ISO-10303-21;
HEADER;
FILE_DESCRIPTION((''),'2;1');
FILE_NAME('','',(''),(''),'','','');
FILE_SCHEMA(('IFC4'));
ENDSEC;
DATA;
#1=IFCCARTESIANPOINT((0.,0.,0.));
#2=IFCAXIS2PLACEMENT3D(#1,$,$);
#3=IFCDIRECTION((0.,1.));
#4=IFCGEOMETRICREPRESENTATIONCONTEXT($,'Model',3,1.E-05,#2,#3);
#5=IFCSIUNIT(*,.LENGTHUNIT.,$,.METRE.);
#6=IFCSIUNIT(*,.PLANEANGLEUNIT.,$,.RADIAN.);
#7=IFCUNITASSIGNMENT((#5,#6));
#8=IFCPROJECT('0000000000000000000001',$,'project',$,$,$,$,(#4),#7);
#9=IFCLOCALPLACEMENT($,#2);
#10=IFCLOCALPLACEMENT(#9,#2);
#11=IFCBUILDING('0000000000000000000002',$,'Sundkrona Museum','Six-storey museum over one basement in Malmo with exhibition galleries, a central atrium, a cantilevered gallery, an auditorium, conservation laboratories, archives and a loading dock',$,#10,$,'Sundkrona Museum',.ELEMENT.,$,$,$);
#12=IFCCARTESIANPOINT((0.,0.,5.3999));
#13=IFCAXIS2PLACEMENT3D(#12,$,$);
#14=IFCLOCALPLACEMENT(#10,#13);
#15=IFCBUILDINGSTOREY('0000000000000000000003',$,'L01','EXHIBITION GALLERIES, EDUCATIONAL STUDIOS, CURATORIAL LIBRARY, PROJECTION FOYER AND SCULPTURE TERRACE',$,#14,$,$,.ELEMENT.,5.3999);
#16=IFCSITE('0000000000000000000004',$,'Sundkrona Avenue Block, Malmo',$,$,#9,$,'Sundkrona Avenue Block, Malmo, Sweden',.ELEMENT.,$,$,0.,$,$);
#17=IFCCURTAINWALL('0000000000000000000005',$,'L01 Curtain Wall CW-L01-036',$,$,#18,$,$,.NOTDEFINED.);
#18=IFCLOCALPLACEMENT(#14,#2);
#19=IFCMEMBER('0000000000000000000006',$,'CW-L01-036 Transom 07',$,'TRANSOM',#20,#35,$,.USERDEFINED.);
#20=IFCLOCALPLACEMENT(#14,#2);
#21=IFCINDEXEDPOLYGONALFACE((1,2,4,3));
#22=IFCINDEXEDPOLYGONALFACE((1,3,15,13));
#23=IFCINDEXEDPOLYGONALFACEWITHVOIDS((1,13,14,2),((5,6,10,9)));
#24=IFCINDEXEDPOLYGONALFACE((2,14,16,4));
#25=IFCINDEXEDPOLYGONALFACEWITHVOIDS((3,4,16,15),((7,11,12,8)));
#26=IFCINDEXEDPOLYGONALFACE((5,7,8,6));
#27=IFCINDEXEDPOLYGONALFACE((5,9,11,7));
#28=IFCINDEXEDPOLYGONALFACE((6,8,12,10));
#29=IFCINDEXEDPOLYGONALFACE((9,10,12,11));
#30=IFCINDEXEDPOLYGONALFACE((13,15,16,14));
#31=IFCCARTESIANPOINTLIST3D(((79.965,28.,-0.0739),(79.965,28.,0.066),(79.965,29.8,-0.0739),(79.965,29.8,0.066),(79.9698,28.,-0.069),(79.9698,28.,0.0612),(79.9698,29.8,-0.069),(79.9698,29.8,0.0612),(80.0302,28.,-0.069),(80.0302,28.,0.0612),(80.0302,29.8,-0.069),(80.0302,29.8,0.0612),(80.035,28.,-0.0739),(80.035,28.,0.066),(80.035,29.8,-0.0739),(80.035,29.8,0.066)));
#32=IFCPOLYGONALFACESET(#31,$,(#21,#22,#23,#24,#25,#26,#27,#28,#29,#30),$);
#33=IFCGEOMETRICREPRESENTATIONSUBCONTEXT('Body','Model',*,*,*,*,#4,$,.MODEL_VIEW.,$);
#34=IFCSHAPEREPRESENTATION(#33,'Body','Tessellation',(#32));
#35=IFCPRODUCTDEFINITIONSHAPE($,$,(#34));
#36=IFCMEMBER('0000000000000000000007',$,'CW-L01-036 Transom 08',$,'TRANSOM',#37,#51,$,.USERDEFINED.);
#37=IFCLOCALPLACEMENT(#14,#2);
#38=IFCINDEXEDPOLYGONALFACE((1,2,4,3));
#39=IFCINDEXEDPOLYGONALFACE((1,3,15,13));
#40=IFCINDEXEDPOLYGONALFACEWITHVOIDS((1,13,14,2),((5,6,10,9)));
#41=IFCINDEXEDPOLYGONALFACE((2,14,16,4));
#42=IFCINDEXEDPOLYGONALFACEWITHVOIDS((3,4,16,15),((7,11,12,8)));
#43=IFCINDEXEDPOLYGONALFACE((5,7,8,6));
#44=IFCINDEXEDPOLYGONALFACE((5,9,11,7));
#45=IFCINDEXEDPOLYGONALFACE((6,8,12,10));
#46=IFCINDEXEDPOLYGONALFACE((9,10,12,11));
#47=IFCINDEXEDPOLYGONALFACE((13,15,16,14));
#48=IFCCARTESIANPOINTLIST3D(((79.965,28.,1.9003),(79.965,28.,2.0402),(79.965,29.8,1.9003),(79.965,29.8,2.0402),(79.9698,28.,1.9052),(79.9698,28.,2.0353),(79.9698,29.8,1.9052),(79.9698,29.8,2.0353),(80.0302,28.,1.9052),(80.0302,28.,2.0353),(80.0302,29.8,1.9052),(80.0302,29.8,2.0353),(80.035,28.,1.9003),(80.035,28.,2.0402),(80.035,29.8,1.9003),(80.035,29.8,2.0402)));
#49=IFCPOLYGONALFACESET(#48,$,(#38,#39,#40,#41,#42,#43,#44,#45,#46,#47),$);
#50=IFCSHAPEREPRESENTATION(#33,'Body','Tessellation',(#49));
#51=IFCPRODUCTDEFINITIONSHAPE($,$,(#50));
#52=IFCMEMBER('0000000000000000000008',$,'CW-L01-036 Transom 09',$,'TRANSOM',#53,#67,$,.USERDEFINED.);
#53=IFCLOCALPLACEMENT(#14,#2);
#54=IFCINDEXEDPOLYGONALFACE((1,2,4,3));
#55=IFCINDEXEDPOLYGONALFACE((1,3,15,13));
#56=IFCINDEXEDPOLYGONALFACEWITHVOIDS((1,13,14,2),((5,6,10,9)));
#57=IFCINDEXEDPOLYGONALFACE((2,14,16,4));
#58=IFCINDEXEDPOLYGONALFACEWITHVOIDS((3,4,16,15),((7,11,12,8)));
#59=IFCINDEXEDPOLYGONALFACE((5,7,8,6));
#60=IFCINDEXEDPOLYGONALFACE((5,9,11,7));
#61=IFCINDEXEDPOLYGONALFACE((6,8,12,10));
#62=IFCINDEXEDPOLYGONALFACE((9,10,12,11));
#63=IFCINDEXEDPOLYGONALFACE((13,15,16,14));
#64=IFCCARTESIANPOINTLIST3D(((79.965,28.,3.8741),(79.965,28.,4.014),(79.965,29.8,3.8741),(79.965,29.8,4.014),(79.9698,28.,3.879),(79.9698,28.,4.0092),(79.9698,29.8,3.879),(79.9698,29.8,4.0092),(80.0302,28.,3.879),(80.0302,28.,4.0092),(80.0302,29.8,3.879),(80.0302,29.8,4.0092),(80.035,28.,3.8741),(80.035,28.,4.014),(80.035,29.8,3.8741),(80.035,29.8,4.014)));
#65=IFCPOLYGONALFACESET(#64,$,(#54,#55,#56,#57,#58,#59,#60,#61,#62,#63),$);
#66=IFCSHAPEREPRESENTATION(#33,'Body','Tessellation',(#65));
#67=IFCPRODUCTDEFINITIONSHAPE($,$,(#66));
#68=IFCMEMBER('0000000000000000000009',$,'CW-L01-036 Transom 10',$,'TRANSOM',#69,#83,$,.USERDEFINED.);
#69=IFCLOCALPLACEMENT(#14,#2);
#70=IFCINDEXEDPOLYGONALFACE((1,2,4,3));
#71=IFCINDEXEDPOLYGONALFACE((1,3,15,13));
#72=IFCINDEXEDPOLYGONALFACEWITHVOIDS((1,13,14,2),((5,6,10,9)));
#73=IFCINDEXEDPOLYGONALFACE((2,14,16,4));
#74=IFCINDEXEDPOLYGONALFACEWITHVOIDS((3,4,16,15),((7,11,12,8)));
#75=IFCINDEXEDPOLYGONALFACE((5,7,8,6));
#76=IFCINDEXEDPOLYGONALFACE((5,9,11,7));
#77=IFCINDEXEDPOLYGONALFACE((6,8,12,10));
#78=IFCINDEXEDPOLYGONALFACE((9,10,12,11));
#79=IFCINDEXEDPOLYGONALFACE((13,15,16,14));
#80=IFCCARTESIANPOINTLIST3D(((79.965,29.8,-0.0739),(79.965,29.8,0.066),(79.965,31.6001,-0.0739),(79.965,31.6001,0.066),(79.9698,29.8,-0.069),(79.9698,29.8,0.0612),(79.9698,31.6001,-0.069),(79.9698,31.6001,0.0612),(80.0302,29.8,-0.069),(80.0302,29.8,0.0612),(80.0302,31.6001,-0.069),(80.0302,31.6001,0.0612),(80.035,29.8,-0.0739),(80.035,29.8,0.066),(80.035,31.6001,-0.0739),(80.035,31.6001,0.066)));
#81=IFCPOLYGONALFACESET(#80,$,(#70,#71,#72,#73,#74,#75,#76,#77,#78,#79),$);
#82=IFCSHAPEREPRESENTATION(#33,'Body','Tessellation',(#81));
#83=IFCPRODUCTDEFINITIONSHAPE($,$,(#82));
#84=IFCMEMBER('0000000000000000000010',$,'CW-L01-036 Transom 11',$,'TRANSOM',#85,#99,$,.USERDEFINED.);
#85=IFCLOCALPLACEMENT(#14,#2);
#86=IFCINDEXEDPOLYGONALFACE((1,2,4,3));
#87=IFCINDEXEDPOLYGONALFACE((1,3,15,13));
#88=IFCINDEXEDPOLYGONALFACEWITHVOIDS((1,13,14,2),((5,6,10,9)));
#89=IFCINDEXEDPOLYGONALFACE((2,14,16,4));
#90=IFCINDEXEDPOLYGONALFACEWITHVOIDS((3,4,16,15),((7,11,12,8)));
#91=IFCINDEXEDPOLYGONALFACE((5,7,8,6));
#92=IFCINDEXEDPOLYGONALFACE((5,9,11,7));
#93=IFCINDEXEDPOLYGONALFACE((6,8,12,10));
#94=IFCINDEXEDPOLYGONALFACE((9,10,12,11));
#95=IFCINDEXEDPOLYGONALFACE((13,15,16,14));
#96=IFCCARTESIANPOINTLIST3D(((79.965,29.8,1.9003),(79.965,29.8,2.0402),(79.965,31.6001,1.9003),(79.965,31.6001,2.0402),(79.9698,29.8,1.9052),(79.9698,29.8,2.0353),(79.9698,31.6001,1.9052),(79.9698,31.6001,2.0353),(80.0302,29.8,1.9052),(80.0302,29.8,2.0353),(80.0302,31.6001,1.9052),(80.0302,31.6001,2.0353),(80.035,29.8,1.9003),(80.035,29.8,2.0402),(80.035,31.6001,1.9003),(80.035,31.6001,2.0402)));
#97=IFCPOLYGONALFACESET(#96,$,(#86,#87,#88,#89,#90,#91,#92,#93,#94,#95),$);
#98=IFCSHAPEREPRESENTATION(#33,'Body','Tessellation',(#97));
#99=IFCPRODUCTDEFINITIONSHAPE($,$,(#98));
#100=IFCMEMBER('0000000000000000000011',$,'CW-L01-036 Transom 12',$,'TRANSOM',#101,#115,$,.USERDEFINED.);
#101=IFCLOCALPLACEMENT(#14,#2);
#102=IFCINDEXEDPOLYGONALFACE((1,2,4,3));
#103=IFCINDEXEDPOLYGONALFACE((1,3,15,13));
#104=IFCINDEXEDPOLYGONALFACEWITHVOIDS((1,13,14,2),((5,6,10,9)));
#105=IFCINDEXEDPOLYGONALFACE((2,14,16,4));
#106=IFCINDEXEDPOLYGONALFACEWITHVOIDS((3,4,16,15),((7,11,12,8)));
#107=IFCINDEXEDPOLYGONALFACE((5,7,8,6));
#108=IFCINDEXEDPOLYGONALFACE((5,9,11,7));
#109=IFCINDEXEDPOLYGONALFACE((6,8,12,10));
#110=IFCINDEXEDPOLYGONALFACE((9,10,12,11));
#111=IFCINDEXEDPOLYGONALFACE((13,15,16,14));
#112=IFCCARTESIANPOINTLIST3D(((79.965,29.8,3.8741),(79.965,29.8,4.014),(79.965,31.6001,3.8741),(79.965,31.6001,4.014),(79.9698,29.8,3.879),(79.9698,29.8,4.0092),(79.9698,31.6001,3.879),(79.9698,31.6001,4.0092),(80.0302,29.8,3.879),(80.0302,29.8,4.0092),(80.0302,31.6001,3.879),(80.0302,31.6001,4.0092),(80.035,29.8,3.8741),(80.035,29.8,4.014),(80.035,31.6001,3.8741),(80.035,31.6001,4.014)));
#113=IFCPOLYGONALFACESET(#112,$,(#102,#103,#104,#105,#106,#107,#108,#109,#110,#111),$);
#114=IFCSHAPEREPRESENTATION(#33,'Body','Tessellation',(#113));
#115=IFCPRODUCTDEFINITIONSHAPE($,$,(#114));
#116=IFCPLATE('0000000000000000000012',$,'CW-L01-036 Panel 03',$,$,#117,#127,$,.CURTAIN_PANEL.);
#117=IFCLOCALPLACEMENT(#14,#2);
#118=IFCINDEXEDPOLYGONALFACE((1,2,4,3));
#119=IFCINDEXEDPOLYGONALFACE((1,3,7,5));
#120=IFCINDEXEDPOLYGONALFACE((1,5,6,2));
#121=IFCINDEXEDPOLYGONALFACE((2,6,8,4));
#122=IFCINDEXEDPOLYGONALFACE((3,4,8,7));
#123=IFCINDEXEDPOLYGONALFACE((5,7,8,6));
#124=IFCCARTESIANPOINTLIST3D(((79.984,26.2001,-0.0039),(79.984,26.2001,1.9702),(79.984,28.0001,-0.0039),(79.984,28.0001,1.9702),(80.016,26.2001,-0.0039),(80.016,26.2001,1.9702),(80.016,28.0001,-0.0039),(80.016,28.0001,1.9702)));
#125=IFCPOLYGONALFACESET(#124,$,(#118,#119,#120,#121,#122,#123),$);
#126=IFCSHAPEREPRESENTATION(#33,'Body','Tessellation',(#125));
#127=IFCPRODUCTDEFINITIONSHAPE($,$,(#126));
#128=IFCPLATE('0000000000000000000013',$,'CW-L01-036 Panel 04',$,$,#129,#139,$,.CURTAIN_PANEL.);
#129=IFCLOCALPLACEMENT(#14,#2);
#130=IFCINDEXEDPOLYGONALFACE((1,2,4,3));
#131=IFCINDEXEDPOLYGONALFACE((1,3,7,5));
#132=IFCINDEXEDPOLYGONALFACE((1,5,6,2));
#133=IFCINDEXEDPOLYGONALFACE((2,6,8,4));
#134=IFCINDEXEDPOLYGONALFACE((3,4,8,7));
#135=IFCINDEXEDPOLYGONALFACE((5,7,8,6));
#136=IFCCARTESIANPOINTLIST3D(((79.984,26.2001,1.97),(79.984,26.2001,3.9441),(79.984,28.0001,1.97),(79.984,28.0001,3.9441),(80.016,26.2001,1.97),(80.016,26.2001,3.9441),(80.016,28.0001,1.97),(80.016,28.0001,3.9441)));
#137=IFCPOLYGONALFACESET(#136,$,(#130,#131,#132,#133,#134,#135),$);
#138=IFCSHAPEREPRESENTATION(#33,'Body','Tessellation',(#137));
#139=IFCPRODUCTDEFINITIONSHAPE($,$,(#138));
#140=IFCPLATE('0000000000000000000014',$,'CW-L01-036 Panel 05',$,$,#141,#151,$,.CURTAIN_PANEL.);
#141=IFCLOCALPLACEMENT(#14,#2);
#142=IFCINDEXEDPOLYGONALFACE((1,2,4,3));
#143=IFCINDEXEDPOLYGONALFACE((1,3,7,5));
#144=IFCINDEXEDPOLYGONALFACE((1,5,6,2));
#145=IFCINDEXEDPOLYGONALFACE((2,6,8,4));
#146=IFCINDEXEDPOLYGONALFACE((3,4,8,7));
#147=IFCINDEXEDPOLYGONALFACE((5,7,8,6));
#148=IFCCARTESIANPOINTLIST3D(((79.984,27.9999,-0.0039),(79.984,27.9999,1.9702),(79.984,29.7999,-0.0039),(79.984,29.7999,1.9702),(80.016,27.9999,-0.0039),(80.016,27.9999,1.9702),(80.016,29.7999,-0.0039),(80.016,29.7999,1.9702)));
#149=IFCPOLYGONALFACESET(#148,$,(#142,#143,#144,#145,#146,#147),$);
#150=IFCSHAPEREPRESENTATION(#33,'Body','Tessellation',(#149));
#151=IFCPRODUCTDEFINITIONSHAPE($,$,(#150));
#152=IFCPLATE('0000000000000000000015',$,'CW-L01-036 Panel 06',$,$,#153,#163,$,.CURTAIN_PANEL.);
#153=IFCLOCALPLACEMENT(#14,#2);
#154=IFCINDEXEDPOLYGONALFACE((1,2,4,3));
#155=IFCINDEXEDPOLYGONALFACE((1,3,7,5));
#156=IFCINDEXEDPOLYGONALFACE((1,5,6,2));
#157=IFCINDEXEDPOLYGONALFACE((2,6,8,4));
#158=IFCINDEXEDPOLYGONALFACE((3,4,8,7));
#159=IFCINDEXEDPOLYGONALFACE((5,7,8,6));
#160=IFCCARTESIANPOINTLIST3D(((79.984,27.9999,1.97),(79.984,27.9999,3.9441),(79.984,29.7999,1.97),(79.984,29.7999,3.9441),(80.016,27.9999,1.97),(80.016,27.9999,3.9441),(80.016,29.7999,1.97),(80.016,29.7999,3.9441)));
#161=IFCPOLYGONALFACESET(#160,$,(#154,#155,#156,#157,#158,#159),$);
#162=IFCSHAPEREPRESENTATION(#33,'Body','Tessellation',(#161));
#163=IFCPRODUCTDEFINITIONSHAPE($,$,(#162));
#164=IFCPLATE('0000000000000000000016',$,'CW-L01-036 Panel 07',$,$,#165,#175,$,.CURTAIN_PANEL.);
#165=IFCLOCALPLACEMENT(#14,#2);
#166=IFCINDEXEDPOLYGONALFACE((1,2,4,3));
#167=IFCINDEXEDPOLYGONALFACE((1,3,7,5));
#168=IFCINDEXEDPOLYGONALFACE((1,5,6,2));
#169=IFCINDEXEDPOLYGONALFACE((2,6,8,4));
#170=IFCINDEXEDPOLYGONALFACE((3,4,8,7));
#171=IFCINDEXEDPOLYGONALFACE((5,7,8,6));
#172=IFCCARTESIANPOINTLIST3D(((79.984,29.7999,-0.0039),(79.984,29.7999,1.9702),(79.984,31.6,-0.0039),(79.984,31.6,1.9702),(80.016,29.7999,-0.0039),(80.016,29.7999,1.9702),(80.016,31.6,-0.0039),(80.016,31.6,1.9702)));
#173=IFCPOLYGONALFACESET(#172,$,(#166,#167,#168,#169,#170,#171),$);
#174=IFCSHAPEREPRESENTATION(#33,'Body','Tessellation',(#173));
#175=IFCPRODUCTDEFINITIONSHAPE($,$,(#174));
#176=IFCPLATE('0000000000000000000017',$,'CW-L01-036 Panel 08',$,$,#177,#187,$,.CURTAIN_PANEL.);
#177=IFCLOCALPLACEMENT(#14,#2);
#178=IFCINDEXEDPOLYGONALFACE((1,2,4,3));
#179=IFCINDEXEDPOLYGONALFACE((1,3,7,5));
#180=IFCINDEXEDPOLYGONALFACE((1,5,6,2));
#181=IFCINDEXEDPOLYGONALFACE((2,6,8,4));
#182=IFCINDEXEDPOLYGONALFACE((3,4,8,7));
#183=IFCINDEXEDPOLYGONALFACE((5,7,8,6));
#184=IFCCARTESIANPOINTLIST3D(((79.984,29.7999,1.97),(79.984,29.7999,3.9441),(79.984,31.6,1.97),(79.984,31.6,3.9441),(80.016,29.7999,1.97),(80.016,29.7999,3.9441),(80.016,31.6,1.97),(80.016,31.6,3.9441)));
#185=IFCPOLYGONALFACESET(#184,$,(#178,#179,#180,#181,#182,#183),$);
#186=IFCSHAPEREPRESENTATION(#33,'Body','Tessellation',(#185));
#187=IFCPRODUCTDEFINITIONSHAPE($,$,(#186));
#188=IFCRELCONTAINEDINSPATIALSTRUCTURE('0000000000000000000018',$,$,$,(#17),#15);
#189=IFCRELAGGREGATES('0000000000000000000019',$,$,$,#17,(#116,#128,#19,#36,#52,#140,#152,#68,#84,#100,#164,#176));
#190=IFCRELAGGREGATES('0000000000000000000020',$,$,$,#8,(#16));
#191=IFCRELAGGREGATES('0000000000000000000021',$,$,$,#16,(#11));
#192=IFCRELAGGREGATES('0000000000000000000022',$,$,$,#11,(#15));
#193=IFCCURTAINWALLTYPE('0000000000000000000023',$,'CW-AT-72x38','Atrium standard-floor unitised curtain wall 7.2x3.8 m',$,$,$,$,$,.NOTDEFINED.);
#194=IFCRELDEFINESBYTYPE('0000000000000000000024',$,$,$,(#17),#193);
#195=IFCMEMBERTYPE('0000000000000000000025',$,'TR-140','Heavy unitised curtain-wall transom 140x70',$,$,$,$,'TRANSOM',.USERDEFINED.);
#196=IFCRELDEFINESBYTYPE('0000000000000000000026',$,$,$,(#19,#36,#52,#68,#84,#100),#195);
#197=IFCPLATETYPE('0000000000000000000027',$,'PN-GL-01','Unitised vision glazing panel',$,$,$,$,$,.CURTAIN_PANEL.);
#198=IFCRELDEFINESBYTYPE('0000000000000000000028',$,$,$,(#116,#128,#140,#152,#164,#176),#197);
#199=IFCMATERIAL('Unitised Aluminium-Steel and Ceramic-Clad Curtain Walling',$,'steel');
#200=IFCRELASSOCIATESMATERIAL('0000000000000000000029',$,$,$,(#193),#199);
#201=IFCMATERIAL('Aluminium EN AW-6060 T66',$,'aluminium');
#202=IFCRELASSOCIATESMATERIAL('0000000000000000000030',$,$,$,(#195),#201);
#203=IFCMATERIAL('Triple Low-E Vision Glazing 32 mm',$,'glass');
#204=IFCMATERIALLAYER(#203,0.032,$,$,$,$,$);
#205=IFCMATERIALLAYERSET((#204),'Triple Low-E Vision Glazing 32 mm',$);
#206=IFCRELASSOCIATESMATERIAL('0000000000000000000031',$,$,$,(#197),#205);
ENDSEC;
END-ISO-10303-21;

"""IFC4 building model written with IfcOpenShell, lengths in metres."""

from ifc_helpers import new_model, si_unit, direction, frame, origin, origin_2d, place, context, subcontext, project, spatial, rectangle, hollow_rectangle, extrude, material, layer, layer_set, material_profile, profile_set, type_object, element, aggregate, save


model = new_model("IFC4")

# Units and contexts
model_context = context("Model", 3, precision=1e-05, world=origin(), true_north=direction((0.0, 1.0)))
body_context = subcontext(model_context, "Body", "Model", "MODEL_VIEW")
ifc_project = project(units=[si_unit("LENGTHUNIT", "METRE"), si_unit("PLANEANGLEUNIT", "RADIAN")], contexts=[model_context])

# Site, building, storey
site_placement = place(None, origin())
site = spatial("IfcSite", under=ifc_project, at=site_placement, Name="Sundkrona Avenue Block, Malmo", LongName="Sundkrona Avenue Block, Malmo, Sweden", CompositionType="ELEMENT", RefElevation=0.0)
building_placement = place(site_placement, origin())
building = spatial("IfcBuilding", under=site, at=building_placement, Name="Sundkrona Museum", Description="Six-storey museum over one basement in Malmo with exhibition galleries, a central atrium, a cantilevered gallery, an auditorium, conservation laboratories, archives and a loading dock", LongName="Sundkrona Museum", CompositionType="ELEMENT")
storey_placement = place(building_placement, frame((0.0, 0.0, 5.3999)))
storey = spatial("IfcBuildingStorey", under=building, at=storey_placement, Name="L01", Description="EXHIBITION GALLERIES, EDUCATIONAL STUDIOS, CURATORIAL LIBRARY, PROJECTION FOYER AND SCULPTURE TERRACE", CompositionType="ELEMENT", Elevation=5.3999)

# Curtain wall, members, plates
ifc_material_1 = material(Name="Unitised Aluminium-Steel and Ceramic-Clad Curtain Walling", Category="steel")
curtain_wall_type = type_object("IfcCurtainWallType", Name="CW-AT-72x38", Description="Atrium standard-floor unitised curtain wall 7.2x3.8 m", PredefinedType="NOTDEFINED", material=ifc_material_1)
curtain_wall_placement = place(storey_placement, origin())
curtain_wall = element("IfcCurtainWall", 1, at=curtain_wall_placement, inside=storey, type_object=curtain_wall_type, Name="L01 Curtain Wall CW-L01-036", PredefinedType="NOTDEFINED")
ifc_material_2 = material(Name="Aluminium EN AW-6060 T66", Category="aluminium")
ifc_material_profile_1 = material_profile(ifc_material_2, hollow_rectangle(XDim=0.0701, YDim=0.1399, WallThickness=0.0049, at=origin_2d()), Name="RHS 140x70x5.0")
ifc_profile_set_1 = profile_set([ifc_material_profile_1], Name="Aluminium EN AW-6060 T66")
member_type_1 = type_object("IfcMemberType", Name="TR-140", Description="Heavy unitised curtain-wall transom 140x70", ElementType="TRANSOM", PredefinedType="USERDEFINED", material=ifc_profile_set_1)
member_1_placement = place(storey_placement, frame((80.0, 28.0, -0.0039), z_axis=(0.0, 1.0, 0.0), x_axis=(-1.0, 0.0, 0.0)))
member_1 = element("IfcMember", 2, at=member_1_placement, type_object=member_type_1, Name="CW-L01-036 Transom 07", ObjectType="TRANSOM", PredefinedType="USERDEFINED", context=body_context, shape_type="SweptSolid", body=[
    extrude(hollow_rectangle(XDim=0.0701, YDim=0.1399, WallThickness=0.0049, at=origin_2d()), origin(), (0.0, 0.0, 1.0), 1.8),
])
member_2_placement = place(storey_placement, frame((80.0, 28.0, 1.9702), z_axis=(0.0, 1.0, 0.0), x_axis=(-1.0, 0.0, 0.0)))
member_2 = element("IfcMember", 3, at=member_2_placement, type_object=member_type_1, Name="CW-L01-036 Transom 08", ObjectType="TRANSOM", PredefinedType="USERDEFINED", context=body_context, shape_type="SweptSolid", body=[
    extrude(hollow_rectangle(XDim=0.0701, YDim=0.1399, WallThickness=0.0049, at=origin_2d()), origin(), (0.0, 0.0, 1.0), 1.8),
])
member_3_placement = place(storey_placement, frame((80.0, 28.0, 3.9441), z_axis=(0.0, 1.0, 0.0), x_axis=(-1.0, 0.0, 0.0)))
member_3 = element("IfcMember", 4, at=member_3_placement, type_object=member_type_1, Name="CW-L01-036 Transom 09", ObjectType="TRANSOM", PredefinedType="USERDEFINED", context=body_context, shape_type="SweptSolid", body=[
    extrude(hollow_rectangle(XDim=0.0701, YDim=0.1399, WallThickness=0.0049, at=origin_2d()), origin(), (0.0, 0.0, 1.0), 1.8),
])
member_4_placement = place(storey_placement, frame((80.0, 29.8, -0.0039), z_axis=(0.0, 1.0, 0.0), x_axis=(-1.0, 0.0, 0.0)))
member_4 = element("IfcMember", 5, at=member_4_placement, type_object=member_type_1, Name="CW-L01-036 Transom 10", ObjectType="TRANSOM", PredefinedType="USERDEFINED", context=body_context, shape_type="SweptSolid", body=[
    extrude(hollow_rectangle(XDim=0.0701, YDim=0.1399, WallThickness=0.0049, at=origin_2d()), origin(), (0.0, 0.0, 1.0), 1.8),
])
member_5_placement = place(storey_placement, frame((80.0, 29.8, 1.9702), z_axis=(0.0, 1.0, 0.0), x_axis=(-1.0, 0.0, 0.0)))
member_5 = element("IfcMember", 6, at=member_5_placement, type_object=member_type_1, Name="CW-L01-036 Transom 11", ObjectType="TRANSOM", PredefinedType="USERDEFINED", context=body_context, shape_type="SweptSolid", body=[
    extrude(hollow_rectangle(XDim=0.0701, YDim=0.1399, WallThickness=0.0049, at=origin_2d()), origin(), (0.0, 0.0, 1.0), 1.8),
])
member_6_placement = place(storey_placement, frame((80.0, 29.8, 3.9441), z_axis=(0.0, 1.0, 0.0), x_axis=(-1.0, 0.0, 0.0)))
member_6 = element("IfcMember", 7, at=member_6_placement, type_object=member_type_1, Name="CW-L01-036 Transom 12", ObjectType="TRANSOM", PredefinedType="USERDEFINED", context=body_context, shape_type="SweptSolid", body=[
    extrude(hollow_rectangle(XDim=0.0701, YDim=0.1399, WallThickness=0.0049, at=origin_2d()), origin(), (0.0, 0.0, 1.0), 1.8),
])
ifc_material_3 = material(Name="Triple Low-E Vision Glazing 32 mm", Category="glass")
ifc_layer_1 = layer(ifc_material_3, 0.032)
ifc_layer_set_1 = layer_set([ifc_layer_1], Name="Triple Low-E Vision Glazing 32 mm")
plate_type = type_object("IfcPlateType", Name="PN-GL-01", Description="Unitised vision glazing panel", PredefinedType="CURTAIN_PANEL", material=ifc_layer_set_1)
plate_1_placement = place(storey_placement, frame((80.0, 27.1001, -0.0039), z_axis=(0.0, 0.0, 1.0), x_axis=(0.0, 1.0, 0.0)))
plate_1 = element("IfcPlate", 8, at=plate_1_placement, type_object=plate_type, Name="CW-L01-036 Panel 03", PredefinedType="CURTAIN_PANEL", context=body_context, shape_type="SweptSolid", body=[
    extrude(rectangle(XDim=1.8, YDim=0.032, at=origin_2d()), origin(), (0.0, 0.0, 1.0), 1.9741),
])
plate_2_placement = place(storey_placement, frame((80.0, 27.1001, 1.97), z_axis=(0.0, 0.0, 1.0), x_axis=(0.0, 1.0, 0.0)))
plate_2 = element("IfcPlate", 9, at=plate_2_placement, type_object=plate_type, Name="CW-L01-036 Panel 04", PredefinedType="CURTAIN_PANEL", context=body_context, shape_type="SweptSolid", body=[
    extrude(rectangle(XDim=1.8, YDim=0.032, at=origin_2d()), origin(), (0.0, 0.0, 1.0), 1.9741),
])
plate_3_placement = place(storey_placement, frame((80.0, 28.8999, -0.0039), z_axis=(0.0, 0.0, 1.0), x_axis=(0.0, 1.0, 0.0)))
plate_3 = element("IfcPlate", 10, at=plate_3_placement, type_object=plate_type, Name="CW-L01-036 Panel 05", PredefinedType="CURTAIN_PANEL", context=body_context, shape_type="SweptSolid", body=[
    extrude(rectangle(XDim=1.8, YDim=0.032, at=origin_2d()), origin(), (0.0, 0.0, 1.0), 1.9741),
])
plate_4_placement = place(storey_placement, frame((80.0, 28.8999, 1.97), z_axis=(0.0, 0.0, 1.0), x_axis=(0.0, 1.0, 0.0)))
plate_4 = element("IfcPlate", 11, at=plate_4_placement, type_object=plate_type, Name="CW-L01-036 Panel 06", PredefinedType="CURTAIN_PANEL", context=body_context, shape_type="SweptSolid", body=[
    extrude(rectangle(XDim=1.8, YDim=0.032, at=origin_2d()), origin(), (0.0, 0.0, 1.0), 1.9741),
])
plate_5_placement = place(storey_placement, frame((80.0, 30.7, -0.0039), z_axis=(0.0, 0.0, 1.0), x_axis=(0.0, 1.0, 0.0)))
plate_5 = element("IfcPlate", 12, at=plate_5_placement, type_object=plate_type, Name="CW-L01-036 Panel 07", PredefinedType="CURTAIN_PANEL", context=body_context, shape_type="SweptSolid", body=[
    extrude(rectangle(XDim=1.8, YDim=0.032, at=origin_2d()), origin(), (0.0, 0.0, 1.0), 1.9741),
])
plate_6_placement = place(storey_placement, frame((80.0, 30.7, 1.97), z_axis=(0.0, 0.0, 1.0), x_axis=(0.0, 1.0, 0.0)))
plate_6 = element("IfcPlate", 13, at=plate_6_placement, type_object=plate_type, Name="CW-L01-036 Panel 08", PredefinedType="CURTAIN_PANEL", context=body_context, shape_type="SweptSolid", body=[
    extrude(rectangle(XDim=1.8, YDim=0.032, at=origin_2d()), origin(), (0.0, 0.0, 1.0), 1.9741),
])
aggregate(curtain_wall, [plate_1, plate_2, member_1, member_2, member_3, plate_3, plate_4, member_4, member_5, member_6, plate_5, plate_6])

save(model, "model.ifc")
